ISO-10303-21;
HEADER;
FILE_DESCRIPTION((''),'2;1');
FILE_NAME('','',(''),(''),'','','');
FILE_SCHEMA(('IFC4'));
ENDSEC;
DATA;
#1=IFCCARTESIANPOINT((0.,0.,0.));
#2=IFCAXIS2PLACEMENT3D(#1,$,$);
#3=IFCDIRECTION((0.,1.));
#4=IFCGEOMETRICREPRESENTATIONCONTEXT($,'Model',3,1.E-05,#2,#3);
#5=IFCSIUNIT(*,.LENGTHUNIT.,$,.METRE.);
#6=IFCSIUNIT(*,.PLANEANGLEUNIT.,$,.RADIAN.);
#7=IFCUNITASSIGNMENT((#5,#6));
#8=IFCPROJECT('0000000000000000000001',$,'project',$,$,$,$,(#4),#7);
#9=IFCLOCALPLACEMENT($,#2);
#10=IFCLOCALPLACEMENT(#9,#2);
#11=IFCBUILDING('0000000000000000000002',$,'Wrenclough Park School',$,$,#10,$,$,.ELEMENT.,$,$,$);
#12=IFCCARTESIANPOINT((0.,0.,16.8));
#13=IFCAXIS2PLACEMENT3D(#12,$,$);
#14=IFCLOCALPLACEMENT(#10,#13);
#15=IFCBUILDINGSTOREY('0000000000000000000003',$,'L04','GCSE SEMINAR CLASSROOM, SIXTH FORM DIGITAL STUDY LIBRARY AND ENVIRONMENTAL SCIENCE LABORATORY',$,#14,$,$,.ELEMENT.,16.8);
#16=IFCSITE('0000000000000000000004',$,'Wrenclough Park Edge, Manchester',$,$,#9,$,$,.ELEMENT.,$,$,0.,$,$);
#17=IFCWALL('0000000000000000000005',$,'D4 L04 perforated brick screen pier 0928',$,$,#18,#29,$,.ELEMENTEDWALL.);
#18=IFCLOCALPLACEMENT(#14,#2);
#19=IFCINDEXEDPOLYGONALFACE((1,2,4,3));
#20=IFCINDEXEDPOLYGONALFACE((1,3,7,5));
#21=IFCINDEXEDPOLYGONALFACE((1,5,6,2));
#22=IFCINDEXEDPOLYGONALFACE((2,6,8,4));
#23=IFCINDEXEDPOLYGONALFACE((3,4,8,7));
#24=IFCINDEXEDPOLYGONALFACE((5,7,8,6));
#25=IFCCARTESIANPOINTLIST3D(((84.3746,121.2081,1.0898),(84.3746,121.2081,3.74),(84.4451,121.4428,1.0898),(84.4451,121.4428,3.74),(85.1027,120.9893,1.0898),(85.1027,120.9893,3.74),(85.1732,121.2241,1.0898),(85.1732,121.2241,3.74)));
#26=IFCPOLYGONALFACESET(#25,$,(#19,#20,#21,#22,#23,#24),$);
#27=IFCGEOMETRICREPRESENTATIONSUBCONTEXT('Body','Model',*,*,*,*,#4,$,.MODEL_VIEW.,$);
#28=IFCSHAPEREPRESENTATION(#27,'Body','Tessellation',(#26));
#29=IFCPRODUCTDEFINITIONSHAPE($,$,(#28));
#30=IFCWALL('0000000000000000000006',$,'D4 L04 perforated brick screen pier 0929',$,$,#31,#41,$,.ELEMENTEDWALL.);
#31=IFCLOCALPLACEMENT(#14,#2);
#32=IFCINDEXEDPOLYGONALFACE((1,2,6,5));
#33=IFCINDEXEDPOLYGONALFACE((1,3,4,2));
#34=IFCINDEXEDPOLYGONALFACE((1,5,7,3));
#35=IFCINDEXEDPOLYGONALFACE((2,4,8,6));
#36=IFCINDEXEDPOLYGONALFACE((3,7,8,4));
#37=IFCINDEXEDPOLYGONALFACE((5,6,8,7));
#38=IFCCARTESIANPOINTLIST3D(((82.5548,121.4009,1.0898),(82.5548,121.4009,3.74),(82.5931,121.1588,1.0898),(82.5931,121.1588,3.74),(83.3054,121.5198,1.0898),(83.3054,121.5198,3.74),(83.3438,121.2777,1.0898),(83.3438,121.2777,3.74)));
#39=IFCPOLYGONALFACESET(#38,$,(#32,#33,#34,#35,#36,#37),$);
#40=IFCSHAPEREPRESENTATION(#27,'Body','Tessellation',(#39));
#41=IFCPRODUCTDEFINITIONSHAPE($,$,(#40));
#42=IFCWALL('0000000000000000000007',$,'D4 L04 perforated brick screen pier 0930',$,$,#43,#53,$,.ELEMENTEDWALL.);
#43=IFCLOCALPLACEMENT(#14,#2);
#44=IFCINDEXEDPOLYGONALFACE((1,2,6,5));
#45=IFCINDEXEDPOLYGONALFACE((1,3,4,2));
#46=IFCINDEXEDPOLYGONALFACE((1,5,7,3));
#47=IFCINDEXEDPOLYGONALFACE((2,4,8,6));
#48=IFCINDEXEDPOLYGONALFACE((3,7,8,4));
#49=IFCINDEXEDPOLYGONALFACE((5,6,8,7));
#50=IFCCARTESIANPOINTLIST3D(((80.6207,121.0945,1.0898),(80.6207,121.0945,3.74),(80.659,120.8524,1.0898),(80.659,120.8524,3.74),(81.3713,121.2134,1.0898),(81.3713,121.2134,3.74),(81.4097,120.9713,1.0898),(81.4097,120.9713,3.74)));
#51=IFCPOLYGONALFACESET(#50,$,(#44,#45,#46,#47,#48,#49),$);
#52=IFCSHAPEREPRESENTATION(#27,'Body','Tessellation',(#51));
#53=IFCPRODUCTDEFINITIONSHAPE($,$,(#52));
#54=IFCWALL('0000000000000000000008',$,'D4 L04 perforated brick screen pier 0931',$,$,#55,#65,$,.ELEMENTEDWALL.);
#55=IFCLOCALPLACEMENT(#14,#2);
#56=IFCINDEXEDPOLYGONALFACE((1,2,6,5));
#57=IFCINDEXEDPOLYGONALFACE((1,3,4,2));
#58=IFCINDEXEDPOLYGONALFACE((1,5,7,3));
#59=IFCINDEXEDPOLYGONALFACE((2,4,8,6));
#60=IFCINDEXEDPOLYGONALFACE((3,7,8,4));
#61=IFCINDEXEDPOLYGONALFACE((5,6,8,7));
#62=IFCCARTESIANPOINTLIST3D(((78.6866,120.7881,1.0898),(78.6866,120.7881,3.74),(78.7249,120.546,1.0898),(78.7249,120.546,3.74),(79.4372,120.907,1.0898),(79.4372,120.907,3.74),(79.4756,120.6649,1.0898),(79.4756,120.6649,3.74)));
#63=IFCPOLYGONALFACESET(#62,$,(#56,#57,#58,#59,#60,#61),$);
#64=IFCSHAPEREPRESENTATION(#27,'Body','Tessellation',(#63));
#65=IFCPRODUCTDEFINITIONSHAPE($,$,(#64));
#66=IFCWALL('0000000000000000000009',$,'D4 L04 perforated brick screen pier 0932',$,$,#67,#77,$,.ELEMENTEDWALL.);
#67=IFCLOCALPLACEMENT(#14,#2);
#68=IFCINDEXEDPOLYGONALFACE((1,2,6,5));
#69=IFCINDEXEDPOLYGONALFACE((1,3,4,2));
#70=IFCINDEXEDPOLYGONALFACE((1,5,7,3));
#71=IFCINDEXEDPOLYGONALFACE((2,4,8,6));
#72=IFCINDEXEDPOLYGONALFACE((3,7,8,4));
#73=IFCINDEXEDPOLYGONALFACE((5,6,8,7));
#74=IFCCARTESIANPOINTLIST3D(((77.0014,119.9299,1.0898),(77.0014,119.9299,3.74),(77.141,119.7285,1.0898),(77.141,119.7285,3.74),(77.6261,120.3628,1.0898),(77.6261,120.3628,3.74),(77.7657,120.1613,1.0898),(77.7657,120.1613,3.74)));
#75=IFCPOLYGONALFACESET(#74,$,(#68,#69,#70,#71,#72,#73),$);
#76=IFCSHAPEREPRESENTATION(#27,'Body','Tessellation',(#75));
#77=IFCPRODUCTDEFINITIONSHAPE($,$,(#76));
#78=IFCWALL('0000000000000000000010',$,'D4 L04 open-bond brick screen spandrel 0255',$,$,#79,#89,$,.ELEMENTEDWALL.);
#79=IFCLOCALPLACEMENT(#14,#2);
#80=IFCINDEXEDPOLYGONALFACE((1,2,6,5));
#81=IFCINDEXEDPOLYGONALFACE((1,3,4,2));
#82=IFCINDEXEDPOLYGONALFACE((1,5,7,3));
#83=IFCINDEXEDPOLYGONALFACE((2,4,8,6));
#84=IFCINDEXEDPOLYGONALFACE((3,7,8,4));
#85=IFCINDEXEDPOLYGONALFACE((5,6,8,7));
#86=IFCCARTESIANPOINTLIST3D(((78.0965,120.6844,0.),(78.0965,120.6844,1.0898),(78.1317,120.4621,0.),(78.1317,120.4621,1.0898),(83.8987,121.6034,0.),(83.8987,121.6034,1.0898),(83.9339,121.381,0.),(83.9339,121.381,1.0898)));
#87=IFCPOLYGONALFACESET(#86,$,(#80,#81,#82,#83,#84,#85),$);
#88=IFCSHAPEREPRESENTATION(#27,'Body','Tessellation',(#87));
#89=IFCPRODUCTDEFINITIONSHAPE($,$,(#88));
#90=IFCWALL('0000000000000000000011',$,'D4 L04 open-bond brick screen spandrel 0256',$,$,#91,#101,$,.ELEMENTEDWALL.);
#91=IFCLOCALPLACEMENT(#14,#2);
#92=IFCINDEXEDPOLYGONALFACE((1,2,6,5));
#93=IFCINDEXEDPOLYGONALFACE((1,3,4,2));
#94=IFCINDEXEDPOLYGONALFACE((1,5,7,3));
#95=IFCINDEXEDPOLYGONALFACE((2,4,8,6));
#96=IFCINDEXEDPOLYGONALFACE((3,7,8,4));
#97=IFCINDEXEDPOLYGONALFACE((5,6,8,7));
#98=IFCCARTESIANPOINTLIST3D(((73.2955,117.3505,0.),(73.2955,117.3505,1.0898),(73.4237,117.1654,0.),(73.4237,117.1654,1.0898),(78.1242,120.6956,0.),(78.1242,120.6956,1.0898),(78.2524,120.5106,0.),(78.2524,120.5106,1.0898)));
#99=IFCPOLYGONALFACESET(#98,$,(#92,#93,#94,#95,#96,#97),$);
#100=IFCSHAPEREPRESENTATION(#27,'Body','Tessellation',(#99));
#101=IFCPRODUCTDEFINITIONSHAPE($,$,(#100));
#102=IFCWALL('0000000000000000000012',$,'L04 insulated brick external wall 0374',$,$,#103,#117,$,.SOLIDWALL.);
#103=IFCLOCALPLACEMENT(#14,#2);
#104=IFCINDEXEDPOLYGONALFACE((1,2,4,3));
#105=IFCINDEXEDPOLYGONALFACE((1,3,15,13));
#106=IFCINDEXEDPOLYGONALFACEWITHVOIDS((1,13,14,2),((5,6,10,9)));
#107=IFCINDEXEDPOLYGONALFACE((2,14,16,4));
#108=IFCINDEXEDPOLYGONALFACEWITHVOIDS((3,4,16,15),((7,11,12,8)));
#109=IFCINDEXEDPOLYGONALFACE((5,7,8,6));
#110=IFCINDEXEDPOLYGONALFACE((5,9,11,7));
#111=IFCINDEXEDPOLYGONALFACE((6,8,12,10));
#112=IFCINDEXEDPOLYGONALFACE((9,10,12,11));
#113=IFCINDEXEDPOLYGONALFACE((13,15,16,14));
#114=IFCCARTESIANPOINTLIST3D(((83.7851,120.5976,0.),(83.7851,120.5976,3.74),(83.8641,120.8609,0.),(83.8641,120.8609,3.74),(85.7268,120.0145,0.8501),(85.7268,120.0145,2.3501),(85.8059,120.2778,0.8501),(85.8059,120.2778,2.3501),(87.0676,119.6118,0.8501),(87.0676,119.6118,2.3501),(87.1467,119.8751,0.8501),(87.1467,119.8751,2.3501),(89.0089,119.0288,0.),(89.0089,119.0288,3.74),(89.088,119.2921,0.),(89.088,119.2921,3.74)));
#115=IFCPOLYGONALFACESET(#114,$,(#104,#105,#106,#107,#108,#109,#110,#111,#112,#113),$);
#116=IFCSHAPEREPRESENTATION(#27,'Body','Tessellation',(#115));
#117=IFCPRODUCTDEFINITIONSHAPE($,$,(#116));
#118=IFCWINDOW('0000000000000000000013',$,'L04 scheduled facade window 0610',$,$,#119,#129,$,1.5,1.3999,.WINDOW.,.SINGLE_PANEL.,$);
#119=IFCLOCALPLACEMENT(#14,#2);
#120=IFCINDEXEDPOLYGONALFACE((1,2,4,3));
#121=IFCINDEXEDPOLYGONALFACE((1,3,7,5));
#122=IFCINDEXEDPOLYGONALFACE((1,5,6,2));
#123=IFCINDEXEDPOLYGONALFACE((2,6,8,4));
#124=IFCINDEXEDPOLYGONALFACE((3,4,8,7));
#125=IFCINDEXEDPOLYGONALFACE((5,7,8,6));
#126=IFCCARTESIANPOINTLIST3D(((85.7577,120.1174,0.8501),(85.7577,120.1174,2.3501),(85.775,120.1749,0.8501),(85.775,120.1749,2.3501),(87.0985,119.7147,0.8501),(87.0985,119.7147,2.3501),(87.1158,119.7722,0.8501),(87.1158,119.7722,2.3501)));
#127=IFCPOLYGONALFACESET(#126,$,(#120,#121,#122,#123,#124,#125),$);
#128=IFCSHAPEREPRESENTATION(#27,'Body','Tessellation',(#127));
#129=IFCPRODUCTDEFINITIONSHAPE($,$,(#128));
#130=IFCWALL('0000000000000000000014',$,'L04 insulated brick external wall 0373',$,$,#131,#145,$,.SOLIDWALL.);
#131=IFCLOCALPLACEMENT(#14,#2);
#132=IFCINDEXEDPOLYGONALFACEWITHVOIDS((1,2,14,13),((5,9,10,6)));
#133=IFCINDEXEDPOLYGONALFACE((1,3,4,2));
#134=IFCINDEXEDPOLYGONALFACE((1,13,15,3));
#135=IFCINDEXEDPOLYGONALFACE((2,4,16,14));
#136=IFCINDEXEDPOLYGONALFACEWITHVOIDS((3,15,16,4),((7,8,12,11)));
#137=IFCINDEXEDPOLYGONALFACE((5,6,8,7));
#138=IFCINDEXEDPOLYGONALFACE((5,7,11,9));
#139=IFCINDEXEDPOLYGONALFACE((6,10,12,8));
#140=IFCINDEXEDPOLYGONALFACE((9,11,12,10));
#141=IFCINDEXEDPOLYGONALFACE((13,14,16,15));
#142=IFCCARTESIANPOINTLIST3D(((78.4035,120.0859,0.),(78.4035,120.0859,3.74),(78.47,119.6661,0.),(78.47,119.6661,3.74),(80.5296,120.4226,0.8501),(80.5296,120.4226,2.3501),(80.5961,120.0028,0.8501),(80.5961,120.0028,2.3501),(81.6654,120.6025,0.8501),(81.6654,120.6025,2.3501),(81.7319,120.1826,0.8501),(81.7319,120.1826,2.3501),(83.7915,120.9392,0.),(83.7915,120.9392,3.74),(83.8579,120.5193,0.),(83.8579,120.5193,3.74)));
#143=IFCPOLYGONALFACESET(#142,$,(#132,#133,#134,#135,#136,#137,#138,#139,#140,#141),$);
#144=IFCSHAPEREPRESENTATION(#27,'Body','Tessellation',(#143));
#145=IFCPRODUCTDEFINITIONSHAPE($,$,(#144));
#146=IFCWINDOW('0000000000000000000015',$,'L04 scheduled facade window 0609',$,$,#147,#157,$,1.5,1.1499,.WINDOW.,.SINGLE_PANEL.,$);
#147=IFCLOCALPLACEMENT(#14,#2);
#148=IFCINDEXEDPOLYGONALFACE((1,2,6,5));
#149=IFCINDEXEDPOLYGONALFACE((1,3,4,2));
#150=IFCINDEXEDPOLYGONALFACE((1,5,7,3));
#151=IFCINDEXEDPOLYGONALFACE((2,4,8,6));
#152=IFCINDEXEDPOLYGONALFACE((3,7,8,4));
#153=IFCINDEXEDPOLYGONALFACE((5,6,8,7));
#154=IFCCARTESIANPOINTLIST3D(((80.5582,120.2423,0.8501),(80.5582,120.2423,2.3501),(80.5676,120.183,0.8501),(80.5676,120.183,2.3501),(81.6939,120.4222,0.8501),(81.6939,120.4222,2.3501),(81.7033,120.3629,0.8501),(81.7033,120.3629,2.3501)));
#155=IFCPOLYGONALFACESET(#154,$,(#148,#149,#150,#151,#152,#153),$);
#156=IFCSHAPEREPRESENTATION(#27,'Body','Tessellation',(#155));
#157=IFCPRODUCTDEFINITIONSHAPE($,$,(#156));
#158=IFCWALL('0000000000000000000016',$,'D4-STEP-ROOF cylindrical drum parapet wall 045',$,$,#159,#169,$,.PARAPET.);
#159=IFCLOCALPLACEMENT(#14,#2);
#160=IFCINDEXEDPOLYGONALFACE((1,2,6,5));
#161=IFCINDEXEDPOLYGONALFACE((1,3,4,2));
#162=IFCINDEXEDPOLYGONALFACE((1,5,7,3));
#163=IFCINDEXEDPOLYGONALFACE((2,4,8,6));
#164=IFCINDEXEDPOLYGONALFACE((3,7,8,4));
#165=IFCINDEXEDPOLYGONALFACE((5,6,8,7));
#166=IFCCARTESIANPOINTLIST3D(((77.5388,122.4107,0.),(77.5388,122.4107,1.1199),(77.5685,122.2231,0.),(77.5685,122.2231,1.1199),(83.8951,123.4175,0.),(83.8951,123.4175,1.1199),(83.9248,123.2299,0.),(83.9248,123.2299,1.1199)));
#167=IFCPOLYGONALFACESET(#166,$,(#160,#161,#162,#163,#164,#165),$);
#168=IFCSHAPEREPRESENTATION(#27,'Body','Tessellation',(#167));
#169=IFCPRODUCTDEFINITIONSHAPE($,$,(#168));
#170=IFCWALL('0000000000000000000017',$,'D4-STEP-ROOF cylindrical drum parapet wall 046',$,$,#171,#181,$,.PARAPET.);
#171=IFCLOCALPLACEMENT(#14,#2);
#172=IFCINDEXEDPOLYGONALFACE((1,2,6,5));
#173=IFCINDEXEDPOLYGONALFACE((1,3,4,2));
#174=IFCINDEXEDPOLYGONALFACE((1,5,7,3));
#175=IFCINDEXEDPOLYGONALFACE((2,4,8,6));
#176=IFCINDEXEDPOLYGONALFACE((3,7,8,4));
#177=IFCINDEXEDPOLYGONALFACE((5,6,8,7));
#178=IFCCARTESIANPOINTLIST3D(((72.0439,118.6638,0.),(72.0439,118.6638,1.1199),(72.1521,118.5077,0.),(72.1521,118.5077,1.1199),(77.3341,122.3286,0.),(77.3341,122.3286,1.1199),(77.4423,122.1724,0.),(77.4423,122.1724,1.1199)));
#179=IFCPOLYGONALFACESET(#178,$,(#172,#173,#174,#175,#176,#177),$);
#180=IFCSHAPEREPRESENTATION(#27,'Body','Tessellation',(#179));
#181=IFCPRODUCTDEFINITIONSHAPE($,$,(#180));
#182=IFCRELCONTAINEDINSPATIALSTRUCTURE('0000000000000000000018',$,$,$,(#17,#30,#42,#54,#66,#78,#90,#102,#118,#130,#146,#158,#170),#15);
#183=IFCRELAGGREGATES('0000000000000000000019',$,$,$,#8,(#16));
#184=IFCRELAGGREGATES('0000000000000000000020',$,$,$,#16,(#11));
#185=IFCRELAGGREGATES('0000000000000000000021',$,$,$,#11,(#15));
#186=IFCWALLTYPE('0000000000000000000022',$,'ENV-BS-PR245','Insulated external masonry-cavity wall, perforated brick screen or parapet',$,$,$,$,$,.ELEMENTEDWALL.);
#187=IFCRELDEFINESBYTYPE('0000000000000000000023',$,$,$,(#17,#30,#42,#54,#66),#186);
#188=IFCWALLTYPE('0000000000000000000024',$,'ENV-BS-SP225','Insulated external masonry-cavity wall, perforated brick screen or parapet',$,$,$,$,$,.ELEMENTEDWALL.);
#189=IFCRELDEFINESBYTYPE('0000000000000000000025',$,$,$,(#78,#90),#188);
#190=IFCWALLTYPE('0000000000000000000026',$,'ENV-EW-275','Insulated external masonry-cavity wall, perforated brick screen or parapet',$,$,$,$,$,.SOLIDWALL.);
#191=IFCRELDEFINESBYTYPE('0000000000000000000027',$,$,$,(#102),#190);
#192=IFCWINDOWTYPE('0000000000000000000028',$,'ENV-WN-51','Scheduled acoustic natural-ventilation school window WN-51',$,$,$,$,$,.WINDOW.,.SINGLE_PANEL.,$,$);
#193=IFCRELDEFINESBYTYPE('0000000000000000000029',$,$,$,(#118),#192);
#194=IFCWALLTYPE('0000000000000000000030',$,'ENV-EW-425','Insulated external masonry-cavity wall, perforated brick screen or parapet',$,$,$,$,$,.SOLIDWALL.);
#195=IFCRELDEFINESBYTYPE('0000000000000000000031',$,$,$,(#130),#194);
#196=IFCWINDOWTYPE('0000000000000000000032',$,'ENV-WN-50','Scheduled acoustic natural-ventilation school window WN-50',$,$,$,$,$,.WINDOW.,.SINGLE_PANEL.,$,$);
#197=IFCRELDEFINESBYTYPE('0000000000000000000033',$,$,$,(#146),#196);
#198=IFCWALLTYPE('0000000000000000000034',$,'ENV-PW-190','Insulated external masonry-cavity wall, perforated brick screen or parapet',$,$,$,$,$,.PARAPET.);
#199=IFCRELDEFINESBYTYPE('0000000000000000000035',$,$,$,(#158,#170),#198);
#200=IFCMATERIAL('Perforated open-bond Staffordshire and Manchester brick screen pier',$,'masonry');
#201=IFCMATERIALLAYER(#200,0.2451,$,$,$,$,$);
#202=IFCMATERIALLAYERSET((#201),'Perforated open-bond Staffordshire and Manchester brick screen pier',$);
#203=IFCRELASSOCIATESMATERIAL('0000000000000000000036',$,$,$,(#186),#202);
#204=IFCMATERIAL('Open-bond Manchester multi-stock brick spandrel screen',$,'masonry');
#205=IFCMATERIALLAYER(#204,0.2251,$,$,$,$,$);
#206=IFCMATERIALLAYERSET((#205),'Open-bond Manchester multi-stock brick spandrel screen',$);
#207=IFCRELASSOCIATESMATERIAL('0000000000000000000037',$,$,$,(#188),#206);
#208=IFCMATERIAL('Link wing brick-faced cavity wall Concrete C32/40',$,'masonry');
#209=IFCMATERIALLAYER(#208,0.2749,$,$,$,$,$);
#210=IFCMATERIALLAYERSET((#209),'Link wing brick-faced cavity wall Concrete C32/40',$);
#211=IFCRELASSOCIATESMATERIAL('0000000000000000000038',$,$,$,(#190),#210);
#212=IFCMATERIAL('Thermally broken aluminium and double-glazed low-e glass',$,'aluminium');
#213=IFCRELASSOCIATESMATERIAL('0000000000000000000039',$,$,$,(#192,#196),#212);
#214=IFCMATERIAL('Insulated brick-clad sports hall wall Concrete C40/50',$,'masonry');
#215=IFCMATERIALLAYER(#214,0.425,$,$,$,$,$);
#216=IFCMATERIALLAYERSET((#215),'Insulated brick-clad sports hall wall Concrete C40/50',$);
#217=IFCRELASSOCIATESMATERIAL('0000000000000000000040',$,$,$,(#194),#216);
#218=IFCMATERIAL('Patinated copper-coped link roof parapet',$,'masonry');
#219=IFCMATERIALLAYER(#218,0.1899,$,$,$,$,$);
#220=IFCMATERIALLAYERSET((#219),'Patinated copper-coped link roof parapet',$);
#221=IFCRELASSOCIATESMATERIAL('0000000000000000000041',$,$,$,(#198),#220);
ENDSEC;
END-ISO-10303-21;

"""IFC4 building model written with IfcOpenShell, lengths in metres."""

from ifc_helpers import new_model, si_unit, direction, frame, frame_2d, origin, place, context, subcontext, project, spatial, rectangle, extrude, material, layer, layer_set, type_object, element, fill, save


model = new_model("IFC4")

# Units and contexts
model_context = context("Model", 3, precision=1e-05, world=origin(), true_north=direction((0.0, 1.0)))
body_context = subcontext(model_context, "Body", "Model", "MODEL_VIEW")
ifc_project = project(units=[si_unit("LENGTHUNIT", "METRE"), si_unit("PLANEANGLEUNIT", "RADIAN")], contexts=[model_context])

# Site, building, storey
site_placement = place(None, origin())
site = spatial("IfcSite", under=ifc_project, at=site_placement, Name="Wrenclough Park Edge, Manchester", CompositionType="ELEMENT", RefElevation=0.0)
building_placement = place(site_placement, origin())
building = spatial("IfcBuilding", under=site, at=building_placement, Name="Wrenclough Park School", CompositionType="ELEMENT")
storey_placement = place(building_placement, frame((0.0, 0.0, 16.8)))
storey = spatial("IfcBuildingStorey", under=building, at=storey_placement, Name="L04", Description="GCSE SEMINAR CLASSROOM, SIXTH FORM DIGITAL STUDY LIBRARY AND ENVIRONMENTAL SCIENCE LABORATORY", CompositionType="ELEMENT", Elevation=16.8)

# Walls
ifc_material_1 = material(Name="Perforated open-bond Staffordshire and Manchester brick screen pier", Category="masonry")
ifc_layer_1 = layer(ifc_material_1, 0.2451)
ifc_layer_set_1 = layer_set([ifc_layer_1], Name="Perforated open-bond Staffordshire and Manchester brick screen pier")
wall_type_1 = type_object("IfcWallType", Name="ENV-BS-PR245", Description="Insulated external masonry-cavity wall, perforated brick screen or parapet", PredefinedType="ELEMENTEDWALL", material=ifc_layer_set_1)
wall_1_placement = place(storey_placement, frame((85.1379, 121.1067, 1.0898), z_axis=(0.0, 0.0, 1.0), x_axis=(-0.957702, 0.28776, 0.0)))
element("IfcWall", 1, at=wall_1_placement, inside=storey, type_object=wall_type_1, Name="D4 L04 perforated brick screen pier 0928", PredefinedType="ELEMENTEDWALL", context=body_context, shape_type="SweptSolid", body=[
    extrude(rectangle(XDim=0.7603, YDim=0.2451, at=frame_2d((0.3801, 0.0))), origin(), (0.0, 0.0, 1.0), 2.6501),
])
for number, where, z_axis, x_axis, name in (
    (2, (83.3245, 121.3987, 1.0898), (0.0, 0.0, 1.0), (-0.98769, -0.156424, 0.0), "D4 L04 perforated brick screen pier 0929"),
    (3, (81.3904, 121.0923, 1.0898), (0.0, 0.0, 1.0), (-0.98769, -0.156424, 0.0), "D4 L04 perforated brick screen pier 0930"),
    (4, (79.4563, 120.7859, 1.0898), (0.0, 0.0, 1.0), (-0.98769, -0.156424, 0.0), "D4 L04 perforated brick screen pier 0931"),
    (5, (77.6958, 120.262, 1.0898), (0.0, 0.0, 1.0), (-0.821984, -0.569511, 0.0), "D4 L04 perforated brick screen pier 0932"),
):
    element("IfcWall", number, at=place(storey_placement, frame(where, z_axis=z_axis, x_axis=x_axis)), inside=storey, type_object=wall_type_1, Name=name, PredefinedType="ELEMENTEDWALL", context=body_context, shape_type="SweptSolid", body=[
        extrude(rectangle(XDim=0.76, YDim=0.2451, at=frame_2d((0.3799, 0.0))), origin(), (0.0, 0.0, 1.0), 2.6501),
    ])
ifc_material_2 = material(Name="Open-bond Manchester multi-stock brick spandrel screen", Category="masonry")
ifc_layer_2 = layer(ifc_material_2, 0.2251)
ifc_layer_set_2 = layer_set([ifc_layer_2], Name="Open-bond Manchester multi-stock brick spandrel screen")
wall_type_2 = type_object("IfcWallType", Name="ENV-BS-SP225", Description="Insulated external masonry-cavity wall, perforated brick screen or parapet", PredefinedType="ELEMENTEDWALL", material=ifc_layer_set_2)
wall_2_placement = place(storey_placement, frame((83.9163, 121.4922, 0.0), z_axis=(0.0, 0.0, 1.0), x_axis=(-0.987689, -0.156428, 0.0)))
element("IfcWall", 6, at=wall_2_placement, inside=storey, type_object=wall_type_2, Name="D4 L04 open-bond brick screen spandrel 0255", PredefinedType="ELEMENTEDWALL", context=body_context, shape_type="SweptSolid", body=[
    extrude(rectangle(XDim=5.8745, YDim=0.2251, at=frame_2d((2.9373, 0.0))), origin(), (0.0, 0.0, 1.0), 1.0898),
])
wall_3_placement = place(storey_placement, frame((78.1882, 120.603, 0.0), z_axis=(0.0, 0.0, 1.0), x_axis=(-0.82202, -0.569458, 0.0)))
element("IfcWall", 7, at=wall_3_placement, inside=storey, type_object=wall_type_2, Name="D4 L04 open-bond brick screen spandrel 0256", PredefinedType="ELEMENTEDWALL", context=body_context, shape_type="SweptSolid", body=[
    extrude(rectangle(XDim=5.8743, YDim=0.2251, at=frame_2d((2.937, 0.0))), origin(), (0.0, 0.0, 1.0), 1.0898),
])

# Walls, openings, windows
ifc_material_3 = material(Name="Link wing brick-faced cavity wall Concrete C32/40", Category="masonry")
ifc_layer_3 = layer(ifc_material_3, 0.2749)
ifc_layer_set_3 = layer_set([ifc_layer_3], Name="Link wing brick-faced cavity wall Concrete C32/40")
wall_type_3 = type_object("IfcWallType", Name="ENV-EW-275", Description="Insulated external masonry-cavity wall, perforated brick screen or parapet", PredefinedType="SOLIDWALL", material=ifc_layer_set_3)
wall_4_placement = place(storey_placement, frame((83.8247, 120.7292, 0.0), z_axis=(0.0, 0.0, 1.0), x_axis=(0.957741, -0.287631, 0.0)))
wall_4 = element("IfcWall", 8, at=wall_4_placement, inside=storey, type_object=wall_type_3, Name="L04 insulated brick external wall 0374", PredefinedType="SOLIDWALL", context=body_context, shape_type="SweptSolid", body=[
    extrude(rectangle(XDim=5.4543, YDim=0.2749, at=frame_2d((2.7271, 0.0))), origin(), (0.0, 0.0, 1.0), 3.74),
])
opening_1_placement = place(wall_4_placement, frame((2.0273, 0.0, 0.8501)))
opening_1 = element("IfcOpeningElement", 9, at=opening_1_placement, cuts=wall_4, PredefinedType="OPENING", context=body_context, shape_type="SweptSolid", body=[
    extrude(rectangle(XDim=1.3999, YDim=1.5, at=frame_2d((0.7, 0.75))), frame((0.0, 0.1475, 0.0), z_axis=(0.0, -1.0, 0.0), x_axis=(1.0, 0.0, 0.0)), (0.0, 0.0, 1.0), 0.2949),
])
ifc_material_4 = material(Name="Thermally broken aluminium and double-glazed low-e glass", Category="aluminium")
window_type_1 = type_object("IfcWindowType", Name="ENV-WN-51", Description="Scheduled acoustic natural-ventilation school window WN-51", PartitioningType="SINGLE_PANEL", PredefinedType="WINDOW", material=ifc_material_4)
window_1_placement = place(opening_1_placement, origin())
window_1 = element("IfcWindow", 10, at=window_1_placement, inside=storey, type_object=window_type_1, Name="L04 scheduled facade window 0610", OverallHeight=1.5, OverallWidth=1.3999, PartitioningType="SINGLE_PANEL", PredefinedType="WINDOW", context=body_context, shape_type="SweptSolid", body=[
    extrude(rectangle(XDim=1.3999, YDim=1.5, at=frame_2d((0.7, 0.75))), frame((0.0, 0.03, 0.0), z_axis=(0.0, -1.0, 0.0), x_axis=(1.0, 0.0, 0.0)), (0.0, 0.0, 1.0), 0.0601),
])
fill(opening_1, window_1)
ifc_material_5 = material(Name="Insulated brick-clad sports hall wall Concrete C40/50", Category="masonry")
ifc_layer_4 = layer(ifc_material_5, 0.425)
ifc_layer_set_4 = layer_set([ifc_layer_4], Name="Insulated brick-clad sports hall wall Concrete C40/50")
wall_type_4 = type_object("IfcWallType", Name="ENV-EW-425", Description="Insulated external masonry-cavity wall, perforated brick screen or parapet", PredefinedType="SOLIDWALL", material=ifc_layer_set_4)
wall_5_placement = place(storey_placement, frame((78.4368, 119.876, 0.0), z_axis=(0.0, 0.0, 1.0), x_axis=(0.987691, 0.156418, 0.0)))
wall_5 = element("IfcWall", 11, at=wall_5_placement, inside=storey, type_object=wall_type_4, Name="L04 insulated brick external wall 0373", PredefinedType="SOLIDWALL", context=body_context, shape_type="SweptSolid", body=[
    extrude(rectangle(XDim=5.4551, YDim=0.425, at=frame_2d((2.7275, 0.0))), origin(), (0.0, 0.0, 1.0), 3.74),
])
opening_2_placement = place(wall_5_placement, frame((2.1526, 0.0, 0.8501)))
opening_2 = element("IfcOpeningElement", 12, at=opening_2_placement, cuts=wall_5, PredefinedType="OPENING", context=body_context, shape_type="SweptSolid", body=[
    extrude(rectangle(XDim=1.1499, YDim=1.5, at=frame_2d((0.575, 0.75))), frame((0.0, 0.2224, 0.0), z_axis=(0.0, -1.0, 0.0), x_axis=(1.0, 0.0, 0.0)), (0.0, 0.0, 1.0), 0.4451),
])
window_type_2 = type_object("IfcWindowType", Name="ENV-WN-50", Description="Scheduled acoustic natural-ventilation school window WN-50", PartitioningType="SINGLE_PANEL", PredefinedType="WINDOW", material=ifc_material_4)
window_2_placement = place(opening_2_placement, origin())
window_2 = element("IfcWindow", 13, at=window_2_placement, inside=storey, type_object=window_type_2, Name="L04 scheduled facade window 0609", OverallHeight=1.5, OverallWidth=1.1499, PartitioningType="SINGLE_PANEL", PredefinedType="WINDOW", context=body_context, shape_type="SweptSolid", body=[
    extrude(rectangle(XDim=1.1499, YDim=1.5, at=frame_2d((0.575, 0.75))), frame((0.0, 0.03, 0.0), z_axis=(0.0, -1.0, 0.0), x_axis=(1.0, 0.0, 0.0)), (0.0, 0.0, 1.0), 0.0601),
])
fill(opening_2, window_2)

# Walls
ifc_material_6 = material(Name="Patinated copper-coped link roof parapet", Category="masonry")
ifc_layer_5 = layer(ifc_material_6, 0.1899)
ifc_layer_set_5 = layer_set([ifc_layer_5], Name="Patinated copper-coped link roof parapet")
wall_type_5 = type_object("IfcWallType", Name="ENV-PW-190", Description="Insulated external masonry-cavity wall, perforated brick screen or parapet", PredefinedType="PARAPET", material=ifc_layer_set_5)
for number, where, z_axis, x_axis, name in (
    (14, (83.9099, 123.3237, 0.0), (0.0, 0.0, 1.0), (-0.987686, -0.156452, 0.0), "D4-STEP-ROOF cylindrical drum parapet wall 045"),
    (15, (77.3882, 122.2505, 0.0), (0.0, 0.0, 1.0), (-0.822026, -0.569451, 0.0), "D4-STEP-ROOF cylindrical drum parapet wall 046"),
):
    element("IfcWall", number, at=place(storey_placement, frame(where, z_axis=z_axis, x_axis=x_axis)), inside=storey, type_object=wall_type_5, Name=name, PredefinedType="PARAPET", context=body_context, shape_type="SweptSolid", body=[
        extrude(rectangle(XDim=6.4355, YDim=0.1899, at=frame_2d((3.2178, 0.0))), origin(), (0.0, 0.0, 1.0), 1.1199),
    ])

save(model, "model.ifc")
